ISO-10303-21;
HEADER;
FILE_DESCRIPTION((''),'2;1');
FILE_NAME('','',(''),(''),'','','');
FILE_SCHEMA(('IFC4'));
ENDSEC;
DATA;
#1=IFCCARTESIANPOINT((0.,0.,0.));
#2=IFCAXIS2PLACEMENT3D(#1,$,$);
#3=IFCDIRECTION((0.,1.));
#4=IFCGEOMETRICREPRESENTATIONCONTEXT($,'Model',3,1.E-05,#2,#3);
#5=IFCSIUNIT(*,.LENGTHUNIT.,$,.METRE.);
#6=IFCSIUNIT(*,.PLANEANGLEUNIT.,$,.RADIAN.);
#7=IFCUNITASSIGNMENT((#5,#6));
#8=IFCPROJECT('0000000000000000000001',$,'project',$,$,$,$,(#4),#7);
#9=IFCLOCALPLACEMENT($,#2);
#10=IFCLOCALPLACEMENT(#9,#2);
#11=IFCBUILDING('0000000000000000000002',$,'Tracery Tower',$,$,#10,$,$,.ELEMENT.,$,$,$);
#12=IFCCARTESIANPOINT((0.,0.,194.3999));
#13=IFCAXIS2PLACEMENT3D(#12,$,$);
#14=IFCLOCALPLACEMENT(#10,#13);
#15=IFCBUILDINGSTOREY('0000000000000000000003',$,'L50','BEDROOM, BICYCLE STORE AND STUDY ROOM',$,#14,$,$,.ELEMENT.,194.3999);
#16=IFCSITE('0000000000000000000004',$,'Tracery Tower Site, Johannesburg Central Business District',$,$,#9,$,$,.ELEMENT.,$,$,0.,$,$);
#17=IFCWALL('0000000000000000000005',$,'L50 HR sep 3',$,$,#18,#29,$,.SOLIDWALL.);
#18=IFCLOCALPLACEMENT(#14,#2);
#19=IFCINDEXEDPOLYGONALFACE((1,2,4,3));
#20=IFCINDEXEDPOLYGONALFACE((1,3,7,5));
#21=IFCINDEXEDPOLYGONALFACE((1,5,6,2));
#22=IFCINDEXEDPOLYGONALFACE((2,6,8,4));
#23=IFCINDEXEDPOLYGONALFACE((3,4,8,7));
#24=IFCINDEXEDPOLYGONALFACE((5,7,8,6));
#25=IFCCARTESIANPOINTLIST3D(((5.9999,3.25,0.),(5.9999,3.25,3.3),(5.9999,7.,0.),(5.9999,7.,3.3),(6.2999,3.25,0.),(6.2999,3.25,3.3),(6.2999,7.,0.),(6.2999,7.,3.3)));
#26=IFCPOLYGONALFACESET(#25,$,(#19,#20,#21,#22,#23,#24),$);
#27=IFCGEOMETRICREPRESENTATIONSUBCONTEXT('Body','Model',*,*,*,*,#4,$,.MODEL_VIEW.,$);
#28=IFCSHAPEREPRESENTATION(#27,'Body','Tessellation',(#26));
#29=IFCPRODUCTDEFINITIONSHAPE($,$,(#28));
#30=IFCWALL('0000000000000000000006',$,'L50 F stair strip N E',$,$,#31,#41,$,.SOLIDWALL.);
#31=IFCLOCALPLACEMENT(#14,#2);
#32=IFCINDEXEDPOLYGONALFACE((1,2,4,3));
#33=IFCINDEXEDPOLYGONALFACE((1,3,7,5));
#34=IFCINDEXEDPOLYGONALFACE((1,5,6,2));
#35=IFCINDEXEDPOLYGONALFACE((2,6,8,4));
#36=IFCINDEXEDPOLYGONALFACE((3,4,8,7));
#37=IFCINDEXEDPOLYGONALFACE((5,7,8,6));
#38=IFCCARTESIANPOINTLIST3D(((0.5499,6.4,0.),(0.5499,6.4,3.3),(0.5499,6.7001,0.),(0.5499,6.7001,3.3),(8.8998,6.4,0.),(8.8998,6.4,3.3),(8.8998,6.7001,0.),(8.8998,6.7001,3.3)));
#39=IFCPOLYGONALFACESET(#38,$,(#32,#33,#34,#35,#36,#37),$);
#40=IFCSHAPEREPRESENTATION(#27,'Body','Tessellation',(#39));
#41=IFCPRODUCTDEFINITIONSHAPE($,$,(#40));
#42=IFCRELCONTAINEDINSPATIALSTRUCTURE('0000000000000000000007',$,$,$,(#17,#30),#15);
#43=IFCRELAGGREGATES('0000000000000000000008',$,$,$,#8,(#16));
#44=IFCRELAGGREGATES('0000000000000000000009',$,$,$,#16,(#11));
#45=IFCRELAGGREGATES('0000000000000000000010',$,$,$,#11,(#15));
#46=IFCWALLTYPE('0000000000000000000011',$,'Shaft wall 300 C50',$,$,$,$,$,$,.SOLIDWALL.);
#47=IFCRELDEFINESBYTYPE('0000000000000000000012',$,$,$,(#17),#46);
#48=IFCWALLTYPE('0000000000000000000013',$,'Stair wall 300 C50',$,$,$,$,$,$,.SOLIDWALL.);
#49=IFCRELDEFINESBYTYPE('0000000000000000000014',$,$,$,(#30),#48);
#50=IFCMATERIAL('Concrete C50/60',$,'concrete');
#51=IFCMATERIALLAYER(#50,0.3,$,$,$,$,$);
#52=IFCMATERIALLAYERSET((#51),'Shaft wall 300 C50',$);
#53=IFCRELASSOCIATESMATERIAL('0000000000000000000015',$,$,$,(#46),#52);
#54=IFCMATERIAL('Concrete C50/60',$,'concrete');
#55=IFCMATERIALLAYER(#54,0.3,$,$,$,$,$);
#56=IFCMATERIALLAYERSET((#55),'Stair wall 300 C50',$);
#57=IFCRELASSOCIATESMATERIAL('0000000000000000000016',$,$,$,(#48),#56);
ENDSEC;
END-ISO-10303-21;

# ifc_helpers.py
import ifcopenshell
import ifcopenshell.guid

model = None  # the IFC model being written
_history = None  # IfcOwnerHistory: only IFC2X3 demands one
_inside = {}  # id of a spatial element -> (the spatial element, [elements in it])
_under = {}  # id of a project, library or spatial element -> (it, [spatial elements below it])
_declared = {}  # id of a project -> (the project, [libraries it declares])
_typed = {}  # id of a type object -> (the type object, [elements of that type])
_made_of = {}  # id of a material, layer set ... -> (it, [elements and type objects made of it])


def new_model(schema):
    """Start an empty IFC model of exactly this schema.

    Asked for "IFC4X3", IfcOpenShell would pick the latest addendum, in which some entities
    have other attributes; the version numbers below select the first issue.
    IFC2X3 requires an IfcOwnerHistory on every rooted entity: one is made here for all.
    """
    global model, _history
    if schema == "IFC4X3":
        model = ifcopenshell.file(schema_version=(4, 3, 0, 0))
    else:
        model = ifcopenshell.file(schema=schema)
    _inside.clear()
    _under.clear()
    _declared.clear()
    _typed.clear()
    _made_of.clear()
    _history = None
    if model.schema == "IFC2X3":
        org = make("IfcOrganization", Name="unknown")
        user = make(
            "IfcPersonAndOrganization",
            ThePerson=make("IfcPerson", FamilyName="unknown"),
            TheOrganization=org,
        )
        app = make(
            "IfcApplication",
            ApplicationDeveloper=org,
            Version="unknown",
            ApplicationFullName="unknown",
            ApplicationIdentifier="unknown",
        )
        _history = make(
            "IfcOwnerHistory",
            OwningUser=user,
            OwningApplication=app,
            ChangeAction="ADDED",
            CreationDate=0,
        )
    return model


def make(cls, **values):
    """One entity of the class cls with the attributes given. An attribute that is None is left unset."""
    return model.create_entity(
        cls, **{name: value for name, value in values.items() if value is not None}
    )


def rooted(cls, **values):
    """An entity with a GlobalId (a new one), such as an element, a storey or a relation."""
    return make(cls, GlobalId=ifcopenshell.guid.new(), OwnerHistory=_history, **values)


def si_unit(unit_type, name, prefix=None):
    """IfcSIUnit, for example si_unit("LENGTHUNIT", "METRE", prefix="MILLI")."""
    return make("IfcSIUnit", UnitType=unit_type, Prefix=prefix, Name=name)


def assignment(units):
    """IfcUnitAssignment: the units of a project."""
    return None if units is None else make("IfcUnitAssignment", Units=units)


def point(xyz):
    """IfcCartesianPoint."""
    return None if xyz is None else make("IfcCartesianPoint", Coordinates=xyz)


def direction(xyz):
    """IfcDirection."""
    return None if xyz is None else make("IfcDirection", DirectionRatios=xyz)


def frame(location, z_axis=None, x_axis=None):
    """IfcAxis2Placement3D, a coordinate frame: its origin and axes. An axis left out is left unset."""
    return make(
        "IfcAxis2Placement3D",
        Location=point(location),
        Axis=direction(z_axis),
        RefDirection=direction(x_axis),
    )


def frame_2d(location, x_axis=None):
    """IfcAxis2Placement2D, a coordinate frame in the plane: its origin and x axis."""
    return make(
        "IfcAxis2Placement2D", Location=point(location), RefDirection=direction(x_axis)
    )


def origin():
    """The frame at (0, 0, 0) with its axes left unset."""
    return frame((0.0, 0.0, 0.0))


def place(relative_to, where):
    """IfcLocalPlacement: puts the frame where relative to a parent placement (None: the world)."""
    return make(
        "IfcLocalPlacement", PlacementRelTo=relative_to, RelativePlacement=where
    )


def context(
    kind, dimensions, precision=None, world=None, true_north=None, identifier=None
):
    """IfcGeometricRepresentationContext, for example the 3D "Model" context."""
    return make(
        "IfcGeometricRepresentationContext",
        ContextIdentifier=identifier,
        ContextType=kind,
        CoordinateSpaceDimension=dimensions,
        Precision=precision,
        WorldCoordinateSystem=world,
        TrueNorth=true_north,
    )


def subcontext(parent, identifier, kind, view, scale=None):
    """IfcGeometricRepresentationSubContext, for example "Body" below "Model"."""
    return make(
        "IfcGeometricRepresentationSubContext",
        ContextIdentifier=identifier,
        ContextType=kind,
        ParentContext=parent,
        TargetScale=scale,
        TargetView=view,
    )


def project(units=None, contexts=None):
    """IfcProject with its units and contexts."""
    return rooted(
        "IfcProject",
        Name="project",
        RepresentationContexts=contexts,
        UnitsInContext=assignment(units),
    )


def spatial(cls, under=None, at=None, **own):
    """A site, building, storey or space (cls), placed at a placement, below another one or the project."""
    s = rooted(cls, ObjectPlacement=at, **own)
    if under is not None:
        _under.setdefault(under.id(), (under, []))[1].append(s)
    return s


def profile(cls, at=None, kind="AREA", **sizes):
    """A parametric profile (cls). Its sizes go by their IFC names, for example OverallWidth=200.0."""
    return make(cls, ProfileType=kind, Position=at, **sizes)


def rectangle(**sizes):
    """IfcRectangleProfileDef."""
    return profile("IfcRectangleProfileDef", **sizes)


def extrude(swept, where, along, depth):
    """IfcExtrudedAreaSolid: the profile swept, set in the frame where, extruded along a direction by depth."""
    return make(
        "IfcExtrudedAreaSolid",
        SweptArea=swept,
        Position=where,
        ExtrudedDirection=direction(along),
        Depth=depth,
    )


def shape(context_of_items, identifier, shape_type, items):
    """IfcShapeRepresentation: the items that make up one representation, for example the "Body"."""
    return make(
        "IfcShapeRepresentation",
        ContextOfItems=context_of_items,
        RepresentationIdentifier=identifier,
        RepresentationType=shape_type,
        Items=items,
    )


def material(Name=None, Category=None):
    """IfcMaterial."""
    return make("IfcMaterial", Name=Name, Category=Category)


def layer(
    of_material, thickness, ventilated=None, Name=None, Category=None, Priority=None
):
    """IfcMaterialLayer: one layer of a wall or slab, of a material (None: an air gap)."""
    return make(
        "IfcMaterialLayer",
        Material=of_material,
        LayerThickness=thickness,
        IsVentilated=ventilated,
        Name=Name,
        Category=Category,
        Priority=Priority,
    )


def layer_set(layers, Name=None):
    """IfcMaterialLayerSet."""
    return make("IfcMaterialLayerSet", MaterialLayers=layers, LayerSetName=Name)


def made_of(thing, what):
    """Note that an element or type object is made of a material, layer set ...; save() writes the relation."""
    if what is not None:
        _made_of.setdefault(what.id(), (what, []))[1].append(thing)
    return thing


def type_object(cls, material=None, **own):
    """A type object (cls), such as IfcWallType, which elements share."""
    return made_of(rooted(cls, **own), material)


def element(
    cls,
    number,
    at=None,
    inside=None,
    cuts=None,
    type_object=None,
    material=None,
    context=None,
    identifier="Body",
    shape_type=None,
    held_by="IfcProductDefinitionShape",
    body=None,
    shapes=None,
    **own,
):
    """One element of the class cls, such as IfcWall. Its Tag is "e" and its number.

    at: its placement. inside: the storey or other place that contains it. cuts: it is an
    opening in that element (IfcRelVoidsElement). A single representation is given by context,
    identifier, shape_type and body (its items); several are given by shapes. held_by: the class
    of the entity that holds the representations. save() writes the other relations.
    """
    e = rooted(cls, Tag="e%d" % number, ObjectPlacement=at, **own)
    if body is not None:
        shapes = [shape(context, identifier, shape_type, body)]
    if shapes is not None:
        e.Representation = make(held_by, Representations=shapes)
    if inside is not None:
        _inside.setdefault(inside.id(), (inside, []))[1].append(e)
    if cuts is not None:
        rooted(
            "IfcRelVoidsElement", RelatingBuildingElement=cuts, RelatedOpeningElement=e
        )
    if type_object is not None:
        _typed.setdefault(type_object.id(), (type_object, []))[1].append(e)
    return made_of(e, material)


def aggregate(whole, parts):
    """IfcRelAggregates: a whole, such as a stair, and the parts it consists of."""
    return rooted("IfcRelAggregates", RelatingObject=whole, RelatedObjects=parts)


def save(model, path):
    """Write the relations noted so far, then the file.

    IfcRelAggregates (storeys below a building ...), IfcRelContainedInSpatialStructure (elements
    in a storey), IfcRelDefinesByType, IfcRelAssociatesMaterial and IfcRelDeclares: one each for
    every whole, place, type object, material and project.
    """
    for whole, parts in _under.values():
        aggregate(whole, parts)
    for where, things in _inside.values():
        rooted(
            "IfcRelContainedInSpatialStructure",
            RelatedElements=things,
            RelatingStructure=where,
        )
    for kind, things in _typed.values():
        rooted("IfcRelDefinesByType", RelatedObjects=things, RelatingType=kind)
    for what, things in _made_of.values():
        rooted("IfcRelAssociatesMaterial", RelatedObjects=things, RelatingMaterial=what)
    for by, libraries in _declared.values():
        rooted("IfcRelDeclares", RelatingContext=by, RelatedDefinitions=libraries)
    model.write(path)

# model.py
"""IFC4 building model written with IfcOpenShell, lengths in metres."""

from ifc_helpers import new_model, si_unit, direction, frame, frame_2d, origin, place, context, subcontext, project, spatial, rectangle, extrude, material, layer, layer_set, type_object, element, save


model = new_model("IFC4")

# Units and contexts
model_context = context("Model", 3, precision=1e-05, world=origin(), true_north=direction((0.0, 1.0)))
body_context = subcontext(model_context, "Body", "Model", "MODEL_VIEW")
ifc_project = project(units=[si_unit("LENGTHUNIT", "METRE"), si_unit("PLANEANGLEUNIT", "RADIAN")], contexts=[model_context])

# Site, building, storey
site_placement = place(None, origin())
site = spatial("IfcSite", under=ifc_project, at=site_placement, Name="Tracery Tower Site, Johannesburg Central Business District", CompositionType="ELEMENT", RefElevation=0.0)
building_placement = place(site_placement, origin())
building = spatial("IfcBuilding", under=site, at=building_placement, Name="Tracery Tower", CompositionType="ELEMENT")
storey_placement = place(building_placement, frame((0.0, 0.0, 194.3999)))
storey = spatial("IfcBuildingStorey", under=building, at=storey_placement, Name="L50", Description="BEDROOM, BICYCLE STORE AND STUDY ROOM", CompositionType="ELEMENT", Elevation=194.3999)

# Wall
ifc_material_1 = material(Name="Concrete C50/60", Category="concrete")
ifc_layer_1 = layer(ifc_material_1, 0.3)
ifc_layer_set_1 = layer_set([ifc_layer_1], Name="Shaft wall 300 C50")
wall_type_1 = type_object("IfcWallType", Name="Shaft wall 300 C50", PredefinedType="SOLIDWALL", material=ifc_layer_set_1)
for number, where, z_axis, x_axis, name in (
    (1, (6.1499, 3.25, 0.0), (0.0, 0.0, 1.0), (0.0, 1.0, 0.0), "L50 HR sep 3"),
):
    element("IfcWall", number, at=place(storey_placement, frame(where, z_axis=z_axis, x_axis=x_axis)), inside=storey, type_object=wall_type_1, Name=name, PredefinedType="SOLIDWALL", context=body_context, shape_type="SweptSolid", body=[
        extrude(rectangle(XDim=3.75, YDim=0.3, at=frame_2d((1.875, 0.0))), origin(), (0.0, 0.0, 1.0), 3.3),
    ])

# Wall
ifc_material_2 = material(Name="Concrete C50/60", Category="concrete")
ifc_layer_2 = layer(ifc_material_2, 0.3)
ifc_layer_set_2 = layer_set([ifc_layer_2], Name="Stair wall 300 C50")
wall_type_2 = type_object("IfcWallType", Name="Stair wall 300 C50", PredefinedType="SOLIDWALL", material=ifc_layer_set_2)
wall_1_placement = place(storey_placement, frame((0.55, 6.55, 0.0), z_axis=(0.0, 0.0, 1.0), x_axis=(1.0, 0.0, 0.0)))
element("IfcWall", 2, at=wall_1_placement, inside=storey, type_object=wall_type_2, Name="L50 F stair strip N E", PredefinedType="SOLIDWALL", context=body_context, shape_type="SweptSolid", body=[
    extrude(rectangle(XDim=8.3499, YDim=0.3, at=frame_2d((4.1748, 0.0))), origin(), (0.0, 0.0, 1.0), 3.3),
])

save(model, "model.ifc")
